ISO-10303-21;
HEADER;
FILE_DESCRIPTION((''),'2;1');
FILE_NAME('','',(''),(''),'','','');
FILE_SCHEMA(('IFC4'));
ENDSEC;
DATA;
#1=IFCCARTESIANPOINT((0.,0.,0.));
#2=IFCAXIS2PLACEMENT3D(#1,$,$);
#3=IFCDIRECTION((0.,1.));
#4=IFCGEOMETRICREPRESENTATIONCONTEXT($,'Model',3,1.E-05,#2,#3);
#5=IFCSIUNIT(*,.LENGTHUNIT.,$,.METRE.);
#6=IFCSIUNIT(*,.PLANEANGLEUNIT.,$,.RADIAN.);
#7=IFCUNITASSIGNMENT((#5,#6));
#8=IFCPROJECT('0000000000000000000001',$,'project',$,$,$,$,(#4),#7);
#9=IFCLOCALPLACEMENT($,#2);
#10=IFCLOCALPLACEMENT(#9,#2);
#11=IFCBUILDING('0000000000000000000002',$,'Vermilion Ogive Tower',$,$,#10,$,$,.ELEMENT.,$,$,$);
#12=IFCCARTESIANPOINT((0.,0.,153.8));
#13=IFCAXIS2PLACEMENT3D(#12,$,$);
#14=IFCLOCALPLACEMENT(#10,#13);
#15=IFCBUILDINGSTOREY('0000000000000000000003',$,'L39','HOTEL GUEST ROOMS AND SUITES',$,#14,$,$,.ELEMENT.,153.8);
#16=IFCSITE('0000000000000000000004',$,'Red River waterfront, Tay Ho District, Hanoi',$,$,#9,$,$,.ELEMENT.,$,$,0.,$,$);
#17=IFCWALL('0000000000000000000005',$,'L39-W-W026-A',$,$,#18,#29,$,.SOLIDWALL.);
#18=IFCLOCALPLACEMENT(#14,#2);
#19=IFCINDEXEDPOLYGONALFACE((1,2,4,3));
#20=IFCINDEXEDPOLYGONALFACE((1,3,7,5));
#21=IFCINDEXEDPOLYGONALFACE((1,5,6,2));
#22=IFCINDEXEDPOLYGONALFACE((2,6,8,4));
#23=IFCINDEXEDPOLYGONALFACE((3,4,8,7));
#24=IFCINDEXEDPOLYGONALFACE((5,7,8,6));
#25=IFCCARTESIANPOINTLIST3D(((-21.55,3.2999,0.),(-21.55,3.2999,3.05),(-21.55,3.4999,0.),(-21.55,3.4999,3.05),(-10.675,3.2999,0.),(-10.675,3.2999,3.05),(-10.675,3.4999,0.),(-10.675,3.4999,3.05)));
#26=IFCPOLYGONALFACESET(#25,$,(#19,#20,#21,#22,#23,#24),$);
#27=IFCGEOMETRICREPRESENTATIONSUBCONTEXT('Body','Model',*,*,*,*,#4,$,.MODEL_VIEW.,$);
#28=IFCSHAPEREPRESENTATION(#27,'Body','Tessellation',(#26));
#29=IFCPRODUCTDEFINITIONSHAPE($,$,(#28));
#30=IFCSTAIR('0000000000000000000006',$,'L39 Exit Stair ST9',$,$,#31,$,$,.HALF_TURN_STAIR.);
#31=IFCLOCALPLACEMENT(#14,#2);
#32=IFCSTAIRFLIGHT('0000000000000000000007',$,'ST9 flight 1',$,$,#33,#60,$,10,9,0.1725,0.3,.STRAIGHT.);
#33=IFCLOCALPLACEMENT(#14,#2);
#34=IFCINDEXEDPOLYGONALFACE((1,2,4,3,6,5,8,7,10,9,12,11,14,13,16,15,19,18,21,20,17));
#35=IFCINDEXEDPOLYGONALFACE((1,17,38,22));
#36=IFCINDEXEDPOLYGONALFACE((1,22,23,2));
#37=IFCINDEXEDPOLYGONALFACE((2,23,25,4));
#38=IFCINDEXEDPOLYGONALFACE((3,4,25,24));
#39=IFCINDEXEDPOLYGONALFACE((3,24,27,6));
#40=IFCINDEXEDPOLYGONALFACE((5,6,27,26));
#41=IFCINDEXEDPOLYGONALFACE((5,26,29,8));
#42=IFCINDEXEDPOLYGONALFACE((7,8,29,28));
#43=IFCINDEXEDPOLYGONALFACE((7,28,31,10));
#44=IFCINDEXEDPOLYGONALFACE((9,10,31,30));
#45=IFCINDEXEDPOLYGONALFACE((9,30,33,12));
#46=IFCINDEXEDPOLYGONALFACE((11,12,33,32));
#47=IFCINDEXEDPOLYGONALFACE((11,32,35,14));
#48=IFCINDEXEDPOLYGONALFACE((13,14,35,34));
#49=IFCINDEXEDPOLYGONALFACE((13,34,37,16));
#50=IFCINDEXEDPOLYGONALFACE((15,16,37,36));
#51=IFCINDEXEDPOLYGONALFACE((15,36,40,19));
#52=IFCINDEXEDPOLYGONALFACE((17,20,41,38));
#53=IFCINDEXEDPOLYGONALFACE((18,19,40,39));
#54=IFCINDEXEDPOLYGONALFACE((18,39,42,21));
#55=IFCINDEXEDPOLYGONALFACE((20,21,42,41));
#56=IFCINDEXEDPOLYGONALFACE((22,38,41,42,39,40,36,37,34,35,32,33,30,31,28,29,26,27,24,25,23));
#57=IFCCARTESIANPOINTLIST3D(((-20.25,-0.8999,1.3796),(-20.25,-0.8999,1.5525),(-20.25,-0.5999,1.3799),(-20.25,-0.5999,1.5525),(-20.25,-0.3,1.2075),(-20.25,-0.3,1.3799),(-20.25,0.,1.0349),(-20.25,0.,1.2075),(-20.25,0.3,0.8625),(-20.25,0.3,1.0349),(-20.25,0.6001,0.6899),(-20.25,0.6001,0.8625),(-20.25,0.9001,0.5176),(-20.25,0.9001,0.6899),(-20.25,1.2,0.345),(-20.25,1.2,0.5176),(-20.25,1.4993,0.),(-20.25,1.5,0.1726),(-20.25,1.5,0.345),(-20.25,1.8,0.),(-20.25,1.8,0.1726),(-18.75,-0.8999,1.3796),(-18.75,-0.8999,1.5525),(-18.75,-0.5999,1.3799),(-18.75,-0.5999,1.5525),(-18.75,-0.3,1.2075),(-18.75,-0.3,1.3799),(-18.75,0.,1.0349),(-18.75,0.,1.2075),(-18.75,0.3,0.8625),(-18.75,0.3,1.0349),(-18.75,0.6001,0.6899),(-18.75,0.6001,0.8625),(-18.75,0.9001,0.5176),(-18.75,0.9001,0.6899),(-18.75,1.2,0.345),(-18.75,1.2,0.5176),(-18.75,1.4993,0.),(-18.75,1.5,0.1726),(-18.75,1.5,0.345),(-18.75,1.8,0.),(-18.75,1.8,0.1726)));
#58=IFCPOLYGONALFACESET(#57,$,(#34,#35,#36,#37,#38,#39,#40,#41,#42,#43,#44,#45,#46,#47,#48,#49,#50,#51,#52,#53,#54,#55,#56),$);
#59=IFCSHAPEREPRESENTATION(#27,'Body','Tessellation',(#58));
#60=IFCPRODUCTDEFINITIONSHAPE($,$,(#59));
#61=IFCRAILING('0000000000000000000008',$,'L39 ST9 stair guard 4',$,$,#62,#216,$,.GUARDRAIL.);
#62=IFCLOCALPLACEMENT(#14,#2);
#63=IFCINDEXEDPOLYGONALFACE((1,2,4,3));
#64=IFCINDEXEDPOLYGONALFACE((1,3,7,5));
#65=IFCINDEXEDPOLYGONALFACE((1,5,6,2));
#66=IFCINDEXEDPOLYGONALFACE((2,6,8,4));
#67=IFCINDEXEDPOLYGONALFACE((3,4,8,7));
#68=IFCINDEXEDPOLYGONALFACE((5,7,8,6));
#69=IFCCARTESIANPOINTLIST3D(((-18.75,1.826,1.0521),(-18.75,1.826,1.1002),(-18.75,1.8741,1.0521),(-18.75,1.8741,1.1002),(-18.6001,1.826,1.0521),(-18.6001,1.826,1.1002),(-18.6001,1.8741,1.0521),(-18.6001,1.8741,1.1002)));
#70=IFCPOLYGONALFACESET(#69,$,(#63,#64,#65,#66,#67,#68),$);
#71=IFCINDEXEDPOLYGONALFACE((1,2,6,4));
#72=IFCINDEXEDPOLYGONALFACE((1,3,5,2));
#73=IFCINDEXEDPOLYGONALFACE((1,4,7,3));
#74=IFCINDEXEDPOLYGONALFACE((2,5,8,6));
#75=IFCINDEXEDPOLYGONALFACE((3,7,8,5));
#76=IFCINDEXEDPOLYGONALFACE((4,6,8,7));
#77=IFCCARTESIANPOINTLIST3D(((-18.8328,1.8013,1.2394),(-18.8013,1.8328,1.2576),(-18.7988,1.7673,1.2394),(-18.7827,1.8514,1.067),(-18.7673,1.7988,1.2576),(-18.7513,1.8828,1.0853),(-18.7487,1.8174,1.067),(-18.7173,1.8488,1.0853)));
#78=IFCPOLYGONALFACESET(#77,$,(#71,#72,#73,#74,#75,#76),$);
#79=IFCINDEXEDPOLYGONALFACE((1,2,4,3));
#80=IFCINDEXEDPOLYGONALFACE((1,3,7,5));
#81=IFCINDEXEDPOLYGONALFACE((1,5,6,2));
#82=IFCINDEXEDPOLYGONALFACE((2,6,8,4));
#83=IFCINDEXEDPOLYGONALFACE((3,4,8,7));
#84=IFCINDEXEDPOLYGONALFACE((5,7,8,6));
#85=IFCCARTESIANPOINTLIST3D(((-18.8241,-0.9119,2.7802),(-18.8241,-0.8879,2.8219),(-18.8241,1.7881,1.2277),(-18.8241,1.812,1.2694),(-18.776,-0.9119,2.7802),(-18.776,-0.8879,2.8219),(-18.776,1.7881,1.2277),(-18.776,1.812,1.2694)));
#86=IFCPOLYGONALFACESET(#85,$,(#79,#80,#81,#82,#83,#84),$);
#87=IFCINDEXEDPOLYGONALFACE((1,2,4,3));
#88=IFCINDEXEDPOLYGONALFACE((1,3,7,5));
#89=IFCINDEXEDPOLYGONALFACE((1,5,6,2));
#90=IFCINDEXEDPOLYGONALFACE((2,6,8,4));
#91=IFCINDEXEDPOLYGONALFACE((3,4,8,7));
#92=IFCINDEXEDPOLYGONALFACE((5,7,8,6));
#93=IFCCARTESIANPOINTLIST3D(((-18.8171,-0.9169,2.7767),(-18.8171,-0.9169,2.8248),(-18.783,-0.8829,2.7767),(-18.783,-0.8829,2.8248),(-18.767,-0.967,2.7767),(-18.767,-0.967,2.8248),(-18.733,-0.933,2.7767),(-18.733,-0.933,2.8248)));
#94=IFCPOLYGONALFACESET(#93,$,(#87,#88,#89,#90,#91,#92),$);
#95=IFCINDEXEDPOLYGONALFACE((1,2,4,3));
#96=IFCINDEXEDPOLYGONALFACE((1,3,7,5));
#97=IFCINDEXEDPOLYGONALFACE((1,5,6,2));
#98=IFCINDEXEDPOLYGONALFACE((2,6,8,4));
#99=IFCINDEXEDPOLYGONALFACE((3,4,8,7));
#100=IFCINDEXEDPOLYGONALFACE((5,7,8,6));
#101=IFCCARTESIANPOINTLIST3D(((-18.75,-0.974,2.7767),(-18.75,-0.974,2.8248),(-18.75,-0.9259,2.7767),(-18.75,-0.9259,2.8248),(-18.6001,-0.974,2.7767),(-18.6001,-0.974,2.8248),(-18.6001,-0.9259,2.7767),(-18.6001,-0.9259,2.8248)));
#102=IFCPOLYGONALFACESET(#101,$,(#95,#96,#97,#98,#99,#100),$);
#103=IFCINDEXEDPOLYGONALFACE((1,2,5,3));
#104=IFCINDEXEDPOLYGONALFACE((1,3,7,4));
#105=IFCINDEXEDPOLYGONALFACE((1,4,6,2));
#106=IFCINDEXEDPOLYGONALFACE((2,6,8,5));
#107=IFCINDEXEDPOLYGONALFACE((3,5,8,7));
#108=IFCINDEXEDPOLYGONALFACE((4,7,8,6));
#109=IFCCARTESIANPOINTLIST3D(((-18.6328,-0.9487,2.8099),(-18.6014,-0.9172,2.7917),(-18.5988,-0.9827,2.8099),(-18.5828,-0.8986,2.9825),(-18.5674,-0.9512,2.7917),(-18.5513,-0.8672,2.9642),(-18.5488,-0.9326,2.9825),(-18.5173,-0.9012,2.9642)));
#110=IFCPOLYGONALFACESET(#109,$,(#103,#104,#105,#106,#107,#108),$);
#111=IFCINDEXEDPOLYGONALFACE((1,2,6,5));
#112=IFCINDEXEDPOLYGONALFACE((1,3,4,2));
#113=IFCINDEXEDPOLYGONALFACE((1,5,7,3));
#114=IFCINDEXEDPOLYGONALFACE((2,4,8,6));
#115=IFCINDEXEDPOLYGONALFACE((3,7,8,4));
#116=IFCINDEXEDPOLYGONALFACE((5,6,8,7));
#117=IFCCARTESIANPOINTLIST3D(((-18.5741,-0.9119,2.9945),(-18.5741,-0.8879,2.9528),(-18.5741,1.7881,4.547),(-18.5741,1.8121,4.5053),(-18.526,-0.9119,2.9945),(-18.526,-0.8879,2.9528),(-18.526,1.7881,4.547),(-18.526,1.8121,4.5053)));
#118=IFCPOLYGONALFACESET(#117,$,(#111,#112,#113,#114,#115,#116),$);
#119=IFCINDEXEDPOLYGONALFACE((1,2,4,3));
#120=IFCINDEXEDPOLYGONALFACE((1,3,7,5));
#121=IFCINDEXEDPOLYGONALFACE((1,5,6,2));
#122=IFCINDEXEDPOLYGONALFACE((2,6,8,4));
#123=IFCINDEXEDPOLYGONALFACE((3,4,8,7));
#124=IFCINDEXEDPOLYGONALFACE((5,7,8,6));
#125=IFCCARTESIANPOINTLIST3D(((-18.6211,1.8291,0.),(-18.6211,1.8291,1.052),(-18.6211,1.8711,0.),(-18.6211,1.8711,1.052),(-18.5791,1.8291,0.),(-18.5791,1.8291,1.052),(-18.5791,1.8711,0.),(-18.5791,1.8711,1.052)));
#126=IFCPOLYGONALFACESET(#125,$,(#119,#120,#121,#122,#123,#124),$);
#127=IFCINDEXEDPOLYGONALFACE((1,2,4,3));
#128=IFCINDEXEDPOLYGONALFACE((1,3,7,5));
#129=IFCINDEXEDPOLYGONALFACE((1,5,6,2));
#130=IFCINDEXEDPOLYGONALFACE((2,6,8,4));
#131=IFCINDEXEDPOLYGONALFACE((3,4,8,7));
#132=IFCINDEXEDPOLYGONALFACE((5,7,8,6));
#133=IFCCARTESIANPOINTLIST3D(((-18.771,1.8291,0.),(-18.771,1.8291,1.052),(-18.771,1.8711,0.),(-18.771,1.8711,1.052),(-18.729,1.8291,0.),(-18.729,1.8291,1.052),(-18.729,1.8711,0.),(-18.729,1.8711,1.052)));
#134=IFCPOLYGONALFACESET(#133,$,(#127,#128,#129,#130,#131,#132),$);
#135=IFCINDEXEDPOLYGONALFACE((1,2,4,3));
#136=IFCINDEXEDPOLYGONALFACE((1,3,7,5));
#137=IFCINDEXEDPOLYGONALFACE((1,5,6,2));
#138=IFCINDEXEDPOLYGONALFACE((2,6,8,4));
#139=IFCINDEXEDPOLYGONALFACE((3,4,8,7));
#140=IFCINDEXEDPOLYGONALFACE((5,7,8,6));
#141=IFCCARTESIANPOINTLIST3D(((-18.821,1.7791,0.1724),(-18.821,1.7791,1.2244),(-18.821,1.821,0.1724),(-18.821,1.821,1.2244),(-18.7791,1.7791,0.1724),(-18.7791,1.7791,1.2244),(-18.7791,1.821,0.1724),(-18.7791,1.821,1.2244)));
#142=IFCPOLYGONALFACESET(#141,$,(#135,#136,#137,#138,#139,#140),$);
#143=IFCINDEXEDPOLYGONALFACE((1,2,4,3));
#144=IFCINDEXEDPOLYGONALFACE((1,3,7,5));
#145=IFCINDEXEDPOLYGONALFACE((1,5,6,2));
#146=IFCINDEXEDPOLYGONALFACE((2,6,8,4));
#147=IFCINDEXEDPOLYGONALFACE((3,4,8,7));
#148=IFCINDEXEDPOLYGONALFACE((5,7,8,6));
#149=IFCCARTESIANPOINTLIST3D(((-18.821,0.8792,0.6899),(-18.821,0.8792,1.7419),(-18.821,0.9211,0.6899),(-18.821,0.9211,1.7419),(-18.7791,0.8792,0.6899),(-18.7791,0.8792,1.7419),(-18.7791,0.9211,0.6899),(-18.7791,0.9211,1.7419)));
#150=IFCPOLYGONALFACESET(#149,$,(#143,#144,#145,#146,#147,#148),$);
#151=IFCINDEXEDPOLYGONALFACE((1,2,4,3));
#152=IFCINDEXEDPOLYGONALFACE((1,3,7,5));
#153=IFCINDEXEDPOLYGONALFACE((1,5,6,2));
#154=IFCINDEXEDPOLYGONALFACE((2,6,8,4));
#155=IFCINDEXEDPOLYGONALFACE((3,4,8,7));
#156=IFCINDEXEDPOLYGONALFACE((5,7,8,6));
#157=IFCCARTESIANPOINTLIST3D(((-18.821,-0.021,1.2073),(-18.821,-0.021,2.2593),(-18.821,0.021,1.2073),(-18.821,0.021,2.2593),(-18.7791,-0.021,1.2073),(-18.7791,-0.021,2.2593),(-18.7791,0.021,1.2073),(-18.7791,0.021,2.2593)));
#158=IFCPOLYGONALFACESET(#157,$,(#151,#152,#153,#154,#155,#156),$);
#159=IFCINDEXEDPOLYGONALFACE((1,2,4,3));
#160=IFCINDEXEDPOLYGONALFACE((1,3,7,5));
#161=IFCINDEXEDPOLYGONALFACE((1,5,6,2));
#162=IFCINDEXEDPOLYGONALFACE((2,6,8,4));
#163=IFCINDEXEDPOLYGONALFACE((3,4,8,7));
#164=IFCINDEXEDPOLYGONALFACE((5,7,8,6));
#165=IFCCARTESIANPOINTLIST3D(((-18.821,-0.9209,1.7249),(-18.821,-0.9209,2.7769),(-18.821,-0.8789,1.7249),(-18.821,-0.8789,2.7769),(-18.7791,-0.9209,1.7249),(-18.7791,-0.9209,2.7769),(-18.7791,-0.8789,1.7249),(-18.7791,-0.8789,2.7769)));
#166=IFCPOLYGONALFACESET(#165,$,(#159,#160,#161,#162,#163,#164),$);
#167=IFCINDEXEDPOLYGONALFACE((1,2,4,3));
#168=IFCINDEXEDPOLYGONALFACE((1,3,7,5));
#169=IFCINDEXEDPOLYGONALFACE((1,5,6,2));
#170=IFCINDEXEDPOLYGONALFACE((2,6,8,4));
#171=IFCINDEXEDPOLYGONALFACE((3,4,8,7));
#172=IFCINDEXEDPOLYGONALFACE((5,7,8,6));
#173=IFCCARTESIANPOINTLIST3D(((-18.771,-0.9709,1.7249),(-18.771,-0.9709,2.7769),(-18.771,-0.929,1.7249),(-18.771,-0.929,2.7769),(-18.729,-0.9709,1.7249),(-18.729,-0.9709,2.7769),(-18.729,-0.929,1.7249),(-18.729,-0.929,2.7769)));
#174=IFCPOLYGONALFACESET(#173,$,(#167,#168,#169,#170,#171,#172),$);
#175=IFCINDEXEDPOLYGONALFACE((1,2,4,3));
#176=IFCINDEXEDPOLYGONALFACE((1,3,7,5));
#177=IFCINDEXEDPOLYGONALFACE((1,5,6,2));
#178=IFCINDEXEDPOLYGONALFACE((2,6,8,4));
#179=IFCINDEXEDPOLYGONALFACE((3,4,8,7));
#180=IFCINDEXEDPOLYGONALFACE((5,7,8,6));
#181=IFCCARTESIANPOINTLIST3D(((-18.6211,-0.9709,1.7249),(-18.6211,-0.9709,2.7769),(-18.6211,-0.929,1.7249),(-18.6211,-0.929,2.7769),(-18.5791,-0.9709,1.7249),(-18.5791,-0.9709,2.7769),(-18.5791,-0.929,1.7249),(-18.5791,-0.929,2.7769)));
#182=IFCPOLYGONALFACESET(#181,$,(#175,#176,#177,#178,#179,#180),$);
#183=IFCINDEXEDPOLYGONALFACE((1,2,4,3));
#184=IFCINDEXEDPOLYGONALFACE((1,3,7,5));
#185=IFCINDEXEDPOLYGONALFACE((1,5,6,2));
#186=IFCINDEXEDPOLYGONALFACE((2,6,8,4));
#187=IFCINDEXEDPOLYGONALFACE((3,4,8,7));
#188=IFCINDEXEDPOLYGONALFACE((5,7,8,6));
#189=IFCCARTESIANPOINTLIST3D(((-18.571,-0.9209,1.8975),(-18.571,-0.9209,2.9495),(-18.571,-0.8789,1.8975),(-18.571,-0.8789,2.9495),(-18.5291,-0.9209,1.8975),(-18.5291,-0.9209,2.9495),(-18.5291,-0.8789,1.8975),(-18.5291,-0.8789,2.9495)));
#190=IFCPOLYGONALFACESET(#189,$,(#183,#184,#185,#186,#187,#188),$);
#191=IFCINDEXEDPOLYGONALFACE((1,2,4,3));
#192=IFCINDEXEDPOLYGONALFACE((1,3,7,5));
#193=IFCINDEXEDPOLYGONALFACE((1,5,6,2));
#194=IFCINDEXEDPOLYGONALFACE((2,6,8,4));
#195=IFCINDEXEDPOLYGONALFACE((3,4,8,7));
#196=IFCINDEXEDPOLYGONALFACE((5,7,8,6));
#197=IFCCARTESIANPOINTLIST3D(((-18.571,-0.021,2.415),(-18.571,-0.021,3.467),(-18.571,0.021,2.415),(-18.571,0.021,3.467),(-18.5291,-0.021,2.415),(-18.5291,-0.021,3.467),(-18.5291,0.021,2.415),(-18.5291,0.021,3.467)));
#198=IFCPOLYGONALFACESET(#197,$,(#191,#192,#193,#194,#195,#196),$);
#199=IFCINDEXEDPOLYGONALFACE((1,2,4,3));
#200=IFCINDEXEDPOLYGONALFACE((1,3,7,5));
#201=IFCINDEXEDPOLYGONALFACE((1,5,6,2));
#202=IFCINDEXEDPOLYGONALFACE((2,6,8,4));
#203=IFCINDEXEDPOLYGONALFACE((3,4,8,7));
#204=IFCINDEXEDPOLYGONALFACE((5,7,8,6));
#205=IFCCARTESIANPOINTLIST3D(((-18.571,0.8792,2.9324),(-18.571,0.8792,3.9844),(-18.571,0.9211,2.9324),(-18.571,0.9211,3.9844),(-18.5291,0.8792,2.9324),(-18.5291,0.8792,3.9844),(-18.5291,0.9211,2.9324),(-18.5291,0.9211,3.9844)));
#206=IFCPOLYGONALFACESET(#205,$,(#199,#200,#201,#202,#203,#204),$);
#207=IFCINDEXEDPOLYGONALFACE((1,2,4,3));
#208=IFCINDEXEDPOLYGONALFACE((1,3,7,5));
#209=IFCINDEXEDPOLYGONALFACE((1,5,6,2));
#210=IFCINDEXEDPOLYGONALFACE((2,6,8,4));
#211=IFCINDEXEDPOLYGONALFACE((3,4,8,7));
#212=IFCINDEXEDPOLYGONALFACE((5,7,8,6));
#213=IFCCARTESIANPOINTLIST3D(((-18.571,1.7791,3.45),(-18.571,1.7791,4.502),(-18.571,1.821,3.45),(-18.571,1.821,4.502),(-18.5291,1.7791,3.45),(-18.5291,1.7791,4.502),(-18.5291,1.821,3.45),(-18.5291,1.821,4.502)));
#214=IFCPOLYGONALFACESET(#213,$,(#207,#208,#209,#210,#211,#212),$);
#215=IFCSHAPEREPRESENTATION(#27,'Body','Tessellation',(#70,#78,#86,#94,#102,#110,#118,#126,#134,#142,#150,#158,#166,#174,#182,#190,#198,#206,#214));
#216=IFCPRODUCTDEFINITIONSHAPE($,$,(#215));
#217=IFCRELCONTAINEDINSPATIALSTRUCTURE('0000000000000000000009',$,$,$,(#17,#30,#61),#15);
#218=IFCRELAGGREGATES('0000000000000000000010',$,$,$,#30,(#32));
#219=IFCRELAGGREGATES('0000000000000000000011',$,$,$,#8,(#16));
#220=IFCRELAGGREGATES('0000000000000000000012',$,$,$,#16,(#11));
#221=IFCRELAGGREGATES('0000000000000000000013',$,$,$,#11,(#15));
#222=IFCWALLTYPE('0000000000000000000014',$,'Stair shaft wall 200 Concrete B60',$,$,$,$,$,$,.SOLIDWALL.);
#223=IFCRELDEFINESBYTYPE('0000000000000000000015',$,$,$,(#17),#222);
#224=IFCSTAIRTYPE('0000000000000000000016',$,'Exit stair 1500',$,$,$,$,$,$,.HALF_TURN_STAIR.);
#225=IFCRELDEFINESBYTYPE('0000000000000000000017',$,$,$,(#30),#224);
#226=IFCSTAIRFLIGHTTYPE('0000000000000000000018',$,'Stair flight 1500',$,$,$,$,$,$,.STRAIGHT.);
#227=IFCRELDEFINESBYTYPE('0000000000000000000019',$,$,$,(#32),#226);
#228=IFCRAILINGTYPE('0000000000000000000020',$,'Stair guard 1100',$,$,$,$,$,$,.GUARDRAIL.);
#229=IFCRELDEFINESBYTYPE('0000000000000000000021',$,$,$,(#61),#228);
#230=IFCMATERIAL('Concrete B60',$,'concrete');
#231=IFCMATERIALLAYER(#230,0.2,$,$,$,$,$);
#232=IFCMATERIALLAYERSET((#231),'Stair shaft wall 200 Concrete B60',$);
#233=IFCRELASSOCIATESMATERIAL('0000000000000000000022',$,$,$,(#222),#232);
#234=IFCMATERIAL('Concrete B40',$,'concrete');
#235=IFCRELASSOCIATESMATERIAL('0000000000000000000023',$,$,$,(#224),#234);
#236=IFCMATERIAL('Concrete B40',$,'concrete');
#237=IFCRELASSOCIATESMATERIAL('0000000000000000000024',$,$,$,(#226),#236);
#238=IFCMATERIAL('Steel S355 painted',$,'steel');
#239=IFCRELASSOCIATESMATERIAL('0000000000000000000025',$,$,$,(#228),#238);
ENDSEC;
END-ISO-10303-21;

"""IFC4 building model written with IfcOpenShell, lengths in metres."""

from ifc_helpers import new_model, si_unit, direction, frame, frame_2d, origin, origin_2d, place, context, subcontext, project, spatial, polyline, rectangle, outline, extrude, material, layer, layer_set, type_object, element, aggregate, save


model = new_model("IFC4")

# Units and contexts
model_context = context("Model", 3, precision=1e-05, world=origin(), true_north=direction((0.0, 1.0)))
body_context = subcontext(model_context, "Body", "Model", "MODEL_VIEW")
ifc_project = project(units=[si_unit("LENGTHUNIT", "METRE"), si_unit("PLANEANGLEUNIT", "RADIAN")], contexts=[model_context])

# Site, building, storey
site_placement = place(None, origin())
site = spatial("IfcSite", under=ifc_project, at=site_placement, Name="Red River waterfront, Tay Ho District, Hanoi", CompositionType="ELEMENT", RefElevation=0.0)
building_placement = place(site_placement, origin())
building = spatial("IfcBuilding", under=site, at=building_placement, Name="Vermilion Ogive Tower", CompositionType="ELEMENT")
storey_placement = place(building_placement, frame((0.0, 0.0, 153.8)))
storey = spatial("IfcBuildingStorey", under=building, at=storey_placement, Name="L39", Description="HOTEL GUEST ROOMS AND SUITES", CompositionType="ELEMENT", Elevation=153.8)

# Wall
ifc_material_1 = material(Name="Concrete B60", Category="concrete")
ifc_layer_1 = layer(ifc_material_1, 0.2)
ifc_layer_set_1 = layer_set([ifc_layer_1], Name="Stair shaft wall 200 Concrete B60")
wall_type_1 = type_object("IfcWallType", Name="Stair shaft wall 200 Concrete B60", PredefinedType="SOLIDWALL", material=ifc_layer_set_1)
wall_1_placement = place(storey_placement, frame((-21.55, 3.3999, 0.0), z_axis=(0.0, 0.0, 1.0), x_axis=(1.0, 0.0, 0.0)))
element("IfcWall", 1, at=wall_1_placement, inside=storey, type_object=wall_type_1, Name="L39-W-W026-A", PredefinedType="SOLIDWALL", context=body_context, shape_type="SweptSolid", body=[
    extrude(rectangle(XDim=10.875, YDim=0.2, at=frame_2d((5.4375, 0.0))), origin(), (0.0, 0.0, 1.0), 3.05),
])

# Stair, stair flight
ifc_material_2 = material(Name="Concrete B40", Category="concrete")
stair_type = type_object("IfcStairType", Name="Exit stair 1500", PredefinedType="HALF_TURN_STAIR", material=ifc_material_2)
stair_placement = place(storey_placement, origin())
stair = element("IfcStair", 2, at=stair_placement, inside=storey, type_object=stair_type, Name="L39 Exit Stair ST9", PredefinedType="HALF_TURN_STAIR")
ifc_material_3 = material(Name="Concrete B40", Category="concrete")
stair_flight_type = type_object("IfcStairFlightType", Name="Stair flight 1500", PredefinedType="STRAIGHT", material=ifc_material_3)
stair_flight_placement = place(storey_placement, frame((-19.5, 1.8, 0.0), z_axis=(0.0, 0.0, 1.0), x_axis=(0.0, -1.0, 0.0)))
stair_flight = element("IfcStairFlight", 3, at=stair_flight_placement, type_object=stair_flight_type, Name="ST9 flight 1", NumberOfRisers=10, NumberOfTreads=9, PredefinedType="STRAIGHT", RiserHeight=0.1725, TreadLength=0.3, context=body_context, shape_type="SweptSolid", body=[
    extrude(outline(polyline([(0.0, 0.0), (0.0, 0.1726), (0.3, 0.1726), (0.3, 0.345), (0.6001, 0.345), (0.6001, 0.5176), (0.8999, 0.5176), (0.8999, 0.6899), (1.2, 0.6899), (1.2, 0.8625), (1.5, 0.8625), (1.5, 1.0349), (1.8, 1.0349), (1.8, 1.2075), (2.1001, 1.2075), (2.1001, 1.3799), (2.3999, 1.3799), (2.3999, 1.5525), (2.7, 1.5525), (2.7, 1.7251), (2.7, 1.3796), (0.3008, 0.0), (0.0, 0.0)])), frame((0.0, 0.75, 0.0), z_axis=(0.0, -1.0, 0.0), x_axis=(1.0, 0.0, 0.0)), (0.0, 0.0, 1.0), 1.5),
])
aggregate(stair, [stair_flight])

# Railing
ifc_material_4 = material(Name="Steel S355 painted", Category="steel")
railing_type_1 = type_object("IfcRailingType", Name="Stair guard 1100", PredefinedType="GUARDRAIL", material=ifc_material_4)
railing_1_placement = place(storey_placement, frame((-18.6001, 1.8501, 0.0)))
element("IfcRailing", 4, at=railing_1_placement, inside=storey, type_object=railing_type_1, Name="L39 ST9 stair guard 4", PredefinedType="GUARDRAIL", context=body_context, shape_type="SweptSolid", body=[
    extrude(rectangle(XDim=0.0481, YDim=0.0481, at=origin_2d()), frame((0.0, 0.0, 1.0762), z_axis=(-1.0, 0.0, 0.0), x_axis=(0.0, -1.0, 0.0)), (0.0, 0.0, 1.0), 0.1499),
    extrude(rectangle(XDim=0.0481, YDim=0.0481, at=origin_2d()), frame((-0.1499, 0.0, 1.0762), z_axis=(-0.268603, -0.268603, 0.925043), x_axis=(0.707107, -0.707107, 0.0)), (0.0, 0.0, 1.0), 0.1863),
    extrude(rectangle(XDim=0.0481, YDim=0.0481, at=origin_2d()), frame((-0.2, -0.05, 1.2485), z_axis=(0.0, -0.866904, 0.498476), x_axis=(1.0, 0.0, 0.0)), (0.0, 0.0, 1.0), 3.1145),
    extrude(rectangle(XDim=0.0481, YDim=0.0481, at=origin_2d()), frame((-0.2, -2.75, 2.8008), z_axis=(0.707107, -0.707107, 0.0), x_axis=(0.707107, 0.707107, 0.0)), (0.0, 0.0, 1.0), 0.0708),
    extrude(rectangle(XDim=0.0481, YDim=0.0481, at=origin_2d()), frame((-0.1499, -2.8, 2.8008), z_axis=(1.0, 0.0, 0.0), x_axis=(0.0, 1.0, 0.0)), (0.0, 0.0, 1.0), 0.1499),
    extrude(rectangle(XDim=0.0481, YDim=0.0481, at=origin_2d()), frame((0.0, -2.8, 2.8008), z_axis=(0.268278, 0.268278, 0.925232), x_axis=(-0.707107, 0.707107, 0.0)), (0.0, 0.0, 1.0), 0.1865),
    extrude(rectangle(XDim=0.0481, YDim=0.0481, at=origin_2d()), frame((0.05, -2.75, 2.9736), z_axis=(0.0, 0.866904, 0.498476), x_axis=(-1.0, 0.0, 0.0)), (0.0, 0.0, 1.0), 3.1145),
    extrude(rectangle(XDim=0.042, YDim=0.042, at=origin_2d()), origin(), (0.0, 0.0, 1.0), 1.052),
    extrude(rectangle(XDim=0.042, YDim=0.042, at=origin_2d()), frame((-0.1499, 0.0, 0.0)), (0.0, 0.0, 1.0), 1.052),
    extrude(rectangle(XDim=0.042, YDim=0.042, at=origin_2d()), frame((-0.2, -0.05, 0.1724)), (0.0, 0.0, 1.0), 1.052),
    extrude(rectangle(XDim=0.042, YDim=0.042, at=origin_2d()), frame((-0.2, -0.95, 0.6899)), (0.0, 0.0, 1.0), 1.052),
    extrude(rectangle(XDim=0.042, YDim=0.042, at=origin_2d()), frame((-0.2, -1.8501, 1.2073)), (0.0, 0.0, 1.0), 1.052),
    extrude(rectangle(XDim=0.042, YDim=0.042, at=origin_2d()), frame((-0.2, -2.75, 1.7249)), (0.0, 0.0, 1.0), 1.052),
    extrude(rectangle(XDim=0.042, YDim=0.042, at=origin_2d()), frame((-0.1499, -2.8, 1.7249)), (0.0, 0.0, 1.0), 1.052),
    extrude(rectangle(XDim=0.042, YDim=0.042, at=origin_2d()), frame((0.0, -2.8, 1.7249)), (0.0, 0.0, 1.0), 1.052),
    extrude(rectangle(XDim=0.042, YDim=0.042, at=origin_2d()), frame((0.05, -2.75, 1.8975)), (0.0, 0.0, 1.0), 1.052),
    extrude(rectangle(XDim=0.042, YDim=0.042, at=origin_2d()), frame((0.05, -1.8501, 2.415)), (0.0, 0.0, 1.0), 1.052),
    extrude(rectangle(XDim=0.042, YDim=0.042, at=origin_2d()), frame((0.05, -0.95, 2.9324)), (0.0, 0.0, 1.0), 1.052),
    extrude(rectangle(XDim=0.042, YDim=0.042, at=origin_2d()), frame((0.05, -0.05, 3.45)), (0.0, 0.0, 1.0), 1.052),
])

save(model, "model.ifc")
